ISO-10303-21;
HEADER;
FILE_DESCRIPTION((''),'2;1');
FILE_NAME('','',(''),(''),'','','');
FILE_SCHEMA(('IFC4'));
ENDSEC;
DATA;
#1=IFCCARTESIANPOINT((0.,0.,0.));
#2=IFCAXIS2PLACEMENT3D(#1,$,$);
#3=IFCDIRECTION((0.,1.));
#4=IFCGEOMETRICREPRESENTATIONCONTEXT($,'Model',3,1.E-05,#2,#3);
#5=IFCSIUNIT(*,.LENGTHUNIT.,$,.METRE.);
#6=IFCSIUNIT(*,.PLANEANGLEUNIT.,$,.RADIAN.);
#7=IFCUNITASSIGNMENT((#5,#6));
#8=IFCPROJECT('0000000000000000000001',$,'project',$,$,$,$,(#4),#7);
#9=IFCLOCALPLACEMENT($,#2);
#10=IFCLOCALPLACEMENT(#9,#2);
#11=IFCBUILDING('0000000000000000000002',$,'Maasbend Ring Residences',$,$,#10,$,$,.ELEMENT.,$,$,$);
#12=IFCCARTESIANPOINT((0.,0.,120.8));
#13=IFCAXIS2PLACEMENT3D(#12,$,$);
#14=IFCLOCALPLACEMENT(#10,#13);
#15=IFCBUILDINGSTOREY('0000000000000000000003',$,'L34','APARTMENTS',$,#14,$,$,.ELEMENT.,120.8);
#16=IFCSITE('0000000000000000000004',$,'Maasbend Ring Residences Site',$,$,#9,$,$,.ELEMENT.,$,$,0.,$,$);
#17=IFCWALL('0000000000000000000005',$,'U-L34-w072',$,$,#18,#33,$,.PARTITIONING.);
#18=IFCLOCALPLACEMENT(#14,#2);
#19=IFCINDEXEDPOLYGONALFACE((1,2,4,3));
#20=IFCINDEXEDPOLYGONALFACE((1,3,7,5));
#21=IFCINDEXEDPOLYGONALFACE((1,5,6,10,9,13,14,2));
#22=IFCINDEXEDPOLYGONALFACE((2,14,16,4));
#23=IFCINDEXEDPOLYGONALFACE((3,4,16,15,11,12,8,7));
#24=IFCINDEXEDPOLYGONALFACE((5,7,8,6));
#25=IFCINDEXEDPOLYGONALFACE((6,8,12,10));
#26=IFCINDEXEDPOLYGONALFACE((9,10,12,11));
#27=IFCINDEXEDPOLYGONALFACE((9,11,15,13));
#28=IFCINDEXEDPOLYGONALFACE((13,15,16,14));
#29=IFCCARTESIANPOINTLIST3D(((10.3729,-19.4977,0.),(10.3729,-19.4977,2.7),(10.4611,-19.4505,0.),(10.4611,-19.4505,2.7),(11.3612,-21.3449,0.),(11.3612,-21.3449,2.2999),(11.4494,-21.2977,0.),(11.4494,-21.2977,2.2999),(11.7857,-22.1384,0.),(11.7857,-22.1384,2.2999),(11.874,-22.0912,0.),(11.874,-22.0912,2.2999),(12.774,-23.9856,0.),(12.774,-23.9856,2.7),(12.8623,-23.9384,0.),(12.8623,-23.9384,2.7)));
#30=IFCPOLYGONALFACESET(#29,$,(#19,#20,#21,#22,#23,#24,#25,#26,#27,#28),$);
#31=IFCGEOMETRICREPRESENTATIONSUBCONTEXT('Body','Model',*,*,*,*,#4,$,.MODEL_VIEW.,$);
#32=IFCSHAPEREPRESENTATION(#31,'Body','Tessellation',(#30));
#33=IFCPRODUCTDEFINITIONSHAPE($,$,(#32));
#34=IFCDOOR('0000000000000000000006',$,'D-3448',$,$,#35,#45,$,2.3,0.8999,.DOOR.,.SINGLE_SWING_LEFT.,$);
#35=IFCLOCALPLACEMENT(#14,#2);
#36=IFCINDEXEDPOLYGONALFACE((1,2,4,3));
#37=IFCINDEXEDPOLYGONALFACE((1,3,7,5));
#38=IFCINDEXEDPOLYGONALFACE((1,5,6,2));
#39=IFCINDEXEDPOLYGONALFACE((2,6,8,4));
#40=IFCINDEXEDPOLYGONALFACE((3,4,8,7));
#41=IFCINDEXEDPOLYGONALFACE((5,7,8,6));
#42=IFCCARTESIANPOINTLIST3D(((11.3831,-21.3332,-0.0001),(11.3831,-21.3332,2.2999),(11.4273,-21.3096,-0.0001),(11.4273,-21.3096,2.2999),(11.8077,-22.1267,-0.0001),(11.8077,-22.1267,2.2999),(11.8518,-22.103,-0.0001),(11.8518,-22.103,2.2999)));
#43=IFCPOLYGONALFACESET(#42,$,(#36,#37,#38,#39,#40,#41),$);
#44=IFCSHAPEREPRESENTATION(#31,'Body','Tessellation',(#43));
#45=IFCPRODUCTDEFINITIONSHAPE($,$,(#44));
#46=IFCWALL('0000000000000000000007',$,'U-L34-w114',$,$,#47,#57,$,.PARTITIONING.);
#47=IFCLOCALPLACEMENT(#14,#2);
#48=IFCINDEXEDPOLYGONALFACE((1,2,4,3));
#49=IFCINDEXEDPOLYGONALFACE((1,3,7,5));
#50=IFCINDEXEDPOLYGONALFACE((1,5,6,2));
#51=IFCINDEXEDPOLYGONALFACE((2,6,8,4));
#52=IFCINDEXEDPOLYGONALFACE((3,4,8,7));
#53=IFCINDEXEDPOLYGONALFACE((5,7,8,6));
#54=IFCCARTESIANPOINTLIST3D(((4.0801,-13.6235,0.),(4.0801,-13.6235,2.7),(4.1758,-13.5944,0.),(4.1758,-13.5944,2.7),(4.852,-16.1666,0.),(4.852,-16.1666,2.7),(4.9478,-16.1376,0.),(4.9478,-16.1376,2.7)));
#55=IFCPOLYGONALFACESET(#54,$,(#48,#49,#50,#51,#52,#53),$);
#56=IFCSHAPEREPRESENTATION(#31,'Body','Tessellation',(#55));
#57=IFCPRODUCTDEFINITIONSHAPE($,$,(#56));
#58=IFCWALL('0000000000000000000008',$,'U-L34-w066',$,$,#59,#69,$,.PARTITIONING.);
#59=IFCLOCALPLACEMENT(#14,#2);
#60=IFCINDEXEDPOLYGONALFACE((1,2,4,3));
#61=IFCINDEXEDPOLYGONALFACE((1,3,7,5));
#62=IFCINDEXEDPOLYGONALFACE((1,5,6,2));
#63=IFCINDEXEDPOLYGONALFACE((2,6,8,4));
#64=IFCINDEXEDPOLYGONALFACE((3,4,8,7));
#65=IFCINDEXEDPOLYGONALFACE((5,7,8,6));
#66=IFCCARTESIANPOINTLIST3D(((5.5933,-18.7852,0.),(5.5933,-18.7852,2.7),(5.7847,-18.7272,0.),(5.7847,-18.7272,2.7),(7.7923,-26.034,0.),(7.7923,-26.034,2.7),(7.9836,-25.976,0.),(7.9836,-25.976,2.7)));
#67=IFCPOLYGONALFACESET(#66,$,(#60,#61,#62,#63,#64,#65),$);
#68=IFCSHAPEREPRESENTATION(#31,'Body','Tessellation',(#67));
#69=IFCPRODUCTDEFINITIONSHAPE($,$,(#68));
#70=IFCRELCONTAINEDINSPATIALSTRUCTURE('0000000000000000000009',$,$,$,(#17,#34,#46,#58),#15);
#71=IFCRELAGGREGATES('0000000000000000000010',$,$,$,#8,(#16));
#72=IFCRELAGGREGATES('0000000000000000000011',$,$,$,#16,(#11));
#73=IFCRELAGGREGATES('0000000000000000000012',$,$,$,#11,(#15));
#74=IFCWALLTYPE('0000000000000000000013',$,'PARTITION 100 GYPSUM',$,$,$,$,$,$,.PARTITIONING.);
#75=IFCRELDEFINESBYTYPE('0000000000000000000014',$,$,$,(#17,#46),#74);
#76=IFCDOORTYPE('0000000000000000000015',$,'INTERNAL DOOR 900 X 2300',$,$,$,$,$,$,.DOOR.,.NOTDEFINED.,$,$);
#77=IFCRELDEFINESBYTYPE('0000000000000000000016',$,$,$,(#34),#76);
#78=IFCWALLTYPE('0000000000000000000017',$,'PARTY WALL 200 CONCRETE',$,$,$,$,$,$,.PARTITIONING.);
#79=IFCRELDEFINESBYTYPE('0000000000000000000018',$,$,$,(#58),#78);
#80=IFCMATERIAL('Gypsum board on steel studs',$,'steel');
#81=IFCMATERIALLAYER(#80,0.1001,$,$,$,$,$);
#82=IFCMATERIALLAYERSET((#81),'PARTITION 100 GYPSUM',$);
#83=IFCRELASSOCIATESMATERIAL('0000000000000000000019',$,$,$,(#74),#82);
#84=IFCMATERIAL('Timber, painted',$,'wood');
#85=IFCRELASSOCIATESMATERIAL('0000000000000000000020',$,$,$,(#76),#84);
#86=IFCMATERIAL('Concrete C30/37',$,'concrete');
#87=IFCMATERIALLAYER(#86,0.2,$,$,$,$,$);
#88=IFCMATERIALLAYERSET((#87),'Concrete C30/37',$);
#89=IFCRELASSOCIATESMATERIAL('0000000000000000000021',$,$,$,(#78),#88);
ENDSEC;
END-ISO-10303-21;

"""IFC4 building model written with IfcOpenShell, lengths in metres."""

from ifc_helpers import new_model, si_unit, direction, frame, frame_2d, origin, place, context, subcontext, project, spatial, rectangle, extrude, material, layer, layer_set, type_object, element, fill, save


model = new_model("IFC4")

# Units and contexts
model_context = context("Model", 3, precision=1e-05, world=origin(), true_north=direction((0.0, 1.0)))
body_context = subcontext(model_context, "Body", "Model", "MODEL_VIEW")
ifc_project = project(units=[si_unit("LENGTHUNIT", "METRE"), si_unit("PLANEANGLEUNIT", "RADIAN")], contexts=[model_context])

# Site, building, storey
site_placement = place(None, origin())
site = spatial("IfcSite", under=ifc_project, at=site_placement, Name="Maasbend Ring Residences Site", CompositionType="ELEMENT", RefElevation=0.0)
building_placement = place(site_placement, origin())
building = spatial("IfcBuilding", under=site, at=building_placement, Name="Maasbend Ring Residences", CompositionType="ELEMENT")
storey_placement = place(building_placement, frame((0.0, 0.0, 120.8)))
storey = spatial("IfcBuildingStorey", under=building, at=storey_placement, Name="L34", Description="APARTMENTS", CompositionType="ELEMENT", Elevation=120.8)

# Shared definitions
ifc_material_1 = material(Name="Gypsum board on steel studs", Category="steel")
ifc_layer_1 = layer(ifc_material_1, 0.1001)
ifc_layer_set_1 = layer_set([ifc_layer_1], Name="PARTITION 100 GYPSUM")
wall_type_1 = type_object("IfcWallType", Name="PARTITION 100 GYPSUM", PredefinedType="PARTITIONING", material=ifc_layer_set_1)

# Shared definitions
ifc_material_2 = material(Name="Timber, painted", Category="wood")
door_type_1 = type_object("IfcDoorType", Name="INTERNAL DOOR 900 X 2300", OperationType="NOTDEFINED", PredefinedType="DOOR", material=ifc_material_2)

# Wall, opening, door
wall_1_placement = place(storey_placement, frame((10.417, -19.4741, 0.0), z_axis=(0.0, 0.0, 1.0), x_axis=(0.471755, -0.881729, 0.0)))
wall_1 = element("IfcWall", 1, at=wall_1_placement, inside=storey, type_object=wall_type_1, Name="U-L34-w072", PredefinedType="PARTITIONING", context=body_context, shape_type="SweptSolid", body=[
    extrude(rectangle(XDim=5.0898, YDim=0.1001, at=frame_2d((2.5449, 0.0))), origin(), (0.0, 0.0, 1.0), 2.7),
])
opening_1_placement = place(wall_1_placement, frame((2.095, 0.0, 0.0)))
opening_1 = element("IfcOpeningElement", 2, at=opening_1_placement, cuts=wall_1, PredefinedType="OPENING", context=body_context, shape_type="SweptSolid", body=[
    extrude(rectangle(XDim=0.8999, YDim=2.3, at=frame_2d((0.45, 1.1499))), frame((0.0, 0.0601, 0.0), z_axis=(0.0, -1.0, 0.0), x_axis=(1.0, 0.0, 0.0)), (0.0, 0.0, 1.0), 0.1201),
])
door_1_placement = place(opening_1_placement, origin())
door_1 = element("IfcDoor", 3, at=door_1_placement, inside=storey, type_object=door_type_1, Name="D-3448", OperationType="SINGLE_SWING_LEFT", OverallHeight=2.3, OverallWidth=0.8999, PredefinedType="DOOR", context=body_context, shape_type="SweptSolid", body=[
    extrude(rectangle(XDim=0.8999, YDim=2.3, at=frame_2d((0.45, 1.1499))), frame((0.0, 0.0249, 0.0), z_axis=(0.0, -1.0, 0.0), x_axis=(1.0, 0.0, 0.0)), (0.0, 0.0, 1.0), 0.05),
])
fill(opening_1, door_1)

# Walls
wall_2_placement = place(storey_placement, frame((4.8999, -16.1521, 0.0), z_axis=(0.0, 0.0, 1.0), x_axis=(-0.290456, 0.956888, 0.0)))
element("IfcWall", 4, at=wall_2_placement, inside=storey, type_object=wall_type_1, Name="U-L34-w114", PredefinedType="PARTITIONING", context=body_context, shape_type="SweptSolid", body=[
    extrude(rectangle(XDim=2.6577, YDim=0.1001, at=frame_2d((1.3289, 0.0))), origin(), (0.0, 0.0, 1.0), 2.7),
])
ifc_material_3 = material(Name="Concrete C30/37", Category="concrete")
ifc_layer_2 = layer(ifc_material_3, 0.2)
ifc_layer_set_2 = layer_set([ifc_layer_2], Name="Concrete C30/37")
wall_type_2 = type_object("IfcWallType", Name="PARTY WALL 200 CONCRETE", PredefinedType="PARTITIONING", material=ifc_layer_set_2)
wall_3_placement = place(storey_placement, frame((5.689, -18.7561, 0.0), z_axis=(0.0, 0.0, 1.0), x_axis=(0.290295, -0.956937, 0.0)))
element("IfcWall", 5, at=wall_3_placement, inside=storey, type_object=wall_type_2, Name="U-L34-w066", PredefinedType="PARTITIONING", context=body_context, shape_type="SweptSolid", body=[
    extrude(rectangle(XDim=7.575, YDim=0.2, at=frame_2d((3.7876, 0.0))), origin(), (0.0, 0.0, 1.0), 2.7),
])

save(model, "model.ifc")
